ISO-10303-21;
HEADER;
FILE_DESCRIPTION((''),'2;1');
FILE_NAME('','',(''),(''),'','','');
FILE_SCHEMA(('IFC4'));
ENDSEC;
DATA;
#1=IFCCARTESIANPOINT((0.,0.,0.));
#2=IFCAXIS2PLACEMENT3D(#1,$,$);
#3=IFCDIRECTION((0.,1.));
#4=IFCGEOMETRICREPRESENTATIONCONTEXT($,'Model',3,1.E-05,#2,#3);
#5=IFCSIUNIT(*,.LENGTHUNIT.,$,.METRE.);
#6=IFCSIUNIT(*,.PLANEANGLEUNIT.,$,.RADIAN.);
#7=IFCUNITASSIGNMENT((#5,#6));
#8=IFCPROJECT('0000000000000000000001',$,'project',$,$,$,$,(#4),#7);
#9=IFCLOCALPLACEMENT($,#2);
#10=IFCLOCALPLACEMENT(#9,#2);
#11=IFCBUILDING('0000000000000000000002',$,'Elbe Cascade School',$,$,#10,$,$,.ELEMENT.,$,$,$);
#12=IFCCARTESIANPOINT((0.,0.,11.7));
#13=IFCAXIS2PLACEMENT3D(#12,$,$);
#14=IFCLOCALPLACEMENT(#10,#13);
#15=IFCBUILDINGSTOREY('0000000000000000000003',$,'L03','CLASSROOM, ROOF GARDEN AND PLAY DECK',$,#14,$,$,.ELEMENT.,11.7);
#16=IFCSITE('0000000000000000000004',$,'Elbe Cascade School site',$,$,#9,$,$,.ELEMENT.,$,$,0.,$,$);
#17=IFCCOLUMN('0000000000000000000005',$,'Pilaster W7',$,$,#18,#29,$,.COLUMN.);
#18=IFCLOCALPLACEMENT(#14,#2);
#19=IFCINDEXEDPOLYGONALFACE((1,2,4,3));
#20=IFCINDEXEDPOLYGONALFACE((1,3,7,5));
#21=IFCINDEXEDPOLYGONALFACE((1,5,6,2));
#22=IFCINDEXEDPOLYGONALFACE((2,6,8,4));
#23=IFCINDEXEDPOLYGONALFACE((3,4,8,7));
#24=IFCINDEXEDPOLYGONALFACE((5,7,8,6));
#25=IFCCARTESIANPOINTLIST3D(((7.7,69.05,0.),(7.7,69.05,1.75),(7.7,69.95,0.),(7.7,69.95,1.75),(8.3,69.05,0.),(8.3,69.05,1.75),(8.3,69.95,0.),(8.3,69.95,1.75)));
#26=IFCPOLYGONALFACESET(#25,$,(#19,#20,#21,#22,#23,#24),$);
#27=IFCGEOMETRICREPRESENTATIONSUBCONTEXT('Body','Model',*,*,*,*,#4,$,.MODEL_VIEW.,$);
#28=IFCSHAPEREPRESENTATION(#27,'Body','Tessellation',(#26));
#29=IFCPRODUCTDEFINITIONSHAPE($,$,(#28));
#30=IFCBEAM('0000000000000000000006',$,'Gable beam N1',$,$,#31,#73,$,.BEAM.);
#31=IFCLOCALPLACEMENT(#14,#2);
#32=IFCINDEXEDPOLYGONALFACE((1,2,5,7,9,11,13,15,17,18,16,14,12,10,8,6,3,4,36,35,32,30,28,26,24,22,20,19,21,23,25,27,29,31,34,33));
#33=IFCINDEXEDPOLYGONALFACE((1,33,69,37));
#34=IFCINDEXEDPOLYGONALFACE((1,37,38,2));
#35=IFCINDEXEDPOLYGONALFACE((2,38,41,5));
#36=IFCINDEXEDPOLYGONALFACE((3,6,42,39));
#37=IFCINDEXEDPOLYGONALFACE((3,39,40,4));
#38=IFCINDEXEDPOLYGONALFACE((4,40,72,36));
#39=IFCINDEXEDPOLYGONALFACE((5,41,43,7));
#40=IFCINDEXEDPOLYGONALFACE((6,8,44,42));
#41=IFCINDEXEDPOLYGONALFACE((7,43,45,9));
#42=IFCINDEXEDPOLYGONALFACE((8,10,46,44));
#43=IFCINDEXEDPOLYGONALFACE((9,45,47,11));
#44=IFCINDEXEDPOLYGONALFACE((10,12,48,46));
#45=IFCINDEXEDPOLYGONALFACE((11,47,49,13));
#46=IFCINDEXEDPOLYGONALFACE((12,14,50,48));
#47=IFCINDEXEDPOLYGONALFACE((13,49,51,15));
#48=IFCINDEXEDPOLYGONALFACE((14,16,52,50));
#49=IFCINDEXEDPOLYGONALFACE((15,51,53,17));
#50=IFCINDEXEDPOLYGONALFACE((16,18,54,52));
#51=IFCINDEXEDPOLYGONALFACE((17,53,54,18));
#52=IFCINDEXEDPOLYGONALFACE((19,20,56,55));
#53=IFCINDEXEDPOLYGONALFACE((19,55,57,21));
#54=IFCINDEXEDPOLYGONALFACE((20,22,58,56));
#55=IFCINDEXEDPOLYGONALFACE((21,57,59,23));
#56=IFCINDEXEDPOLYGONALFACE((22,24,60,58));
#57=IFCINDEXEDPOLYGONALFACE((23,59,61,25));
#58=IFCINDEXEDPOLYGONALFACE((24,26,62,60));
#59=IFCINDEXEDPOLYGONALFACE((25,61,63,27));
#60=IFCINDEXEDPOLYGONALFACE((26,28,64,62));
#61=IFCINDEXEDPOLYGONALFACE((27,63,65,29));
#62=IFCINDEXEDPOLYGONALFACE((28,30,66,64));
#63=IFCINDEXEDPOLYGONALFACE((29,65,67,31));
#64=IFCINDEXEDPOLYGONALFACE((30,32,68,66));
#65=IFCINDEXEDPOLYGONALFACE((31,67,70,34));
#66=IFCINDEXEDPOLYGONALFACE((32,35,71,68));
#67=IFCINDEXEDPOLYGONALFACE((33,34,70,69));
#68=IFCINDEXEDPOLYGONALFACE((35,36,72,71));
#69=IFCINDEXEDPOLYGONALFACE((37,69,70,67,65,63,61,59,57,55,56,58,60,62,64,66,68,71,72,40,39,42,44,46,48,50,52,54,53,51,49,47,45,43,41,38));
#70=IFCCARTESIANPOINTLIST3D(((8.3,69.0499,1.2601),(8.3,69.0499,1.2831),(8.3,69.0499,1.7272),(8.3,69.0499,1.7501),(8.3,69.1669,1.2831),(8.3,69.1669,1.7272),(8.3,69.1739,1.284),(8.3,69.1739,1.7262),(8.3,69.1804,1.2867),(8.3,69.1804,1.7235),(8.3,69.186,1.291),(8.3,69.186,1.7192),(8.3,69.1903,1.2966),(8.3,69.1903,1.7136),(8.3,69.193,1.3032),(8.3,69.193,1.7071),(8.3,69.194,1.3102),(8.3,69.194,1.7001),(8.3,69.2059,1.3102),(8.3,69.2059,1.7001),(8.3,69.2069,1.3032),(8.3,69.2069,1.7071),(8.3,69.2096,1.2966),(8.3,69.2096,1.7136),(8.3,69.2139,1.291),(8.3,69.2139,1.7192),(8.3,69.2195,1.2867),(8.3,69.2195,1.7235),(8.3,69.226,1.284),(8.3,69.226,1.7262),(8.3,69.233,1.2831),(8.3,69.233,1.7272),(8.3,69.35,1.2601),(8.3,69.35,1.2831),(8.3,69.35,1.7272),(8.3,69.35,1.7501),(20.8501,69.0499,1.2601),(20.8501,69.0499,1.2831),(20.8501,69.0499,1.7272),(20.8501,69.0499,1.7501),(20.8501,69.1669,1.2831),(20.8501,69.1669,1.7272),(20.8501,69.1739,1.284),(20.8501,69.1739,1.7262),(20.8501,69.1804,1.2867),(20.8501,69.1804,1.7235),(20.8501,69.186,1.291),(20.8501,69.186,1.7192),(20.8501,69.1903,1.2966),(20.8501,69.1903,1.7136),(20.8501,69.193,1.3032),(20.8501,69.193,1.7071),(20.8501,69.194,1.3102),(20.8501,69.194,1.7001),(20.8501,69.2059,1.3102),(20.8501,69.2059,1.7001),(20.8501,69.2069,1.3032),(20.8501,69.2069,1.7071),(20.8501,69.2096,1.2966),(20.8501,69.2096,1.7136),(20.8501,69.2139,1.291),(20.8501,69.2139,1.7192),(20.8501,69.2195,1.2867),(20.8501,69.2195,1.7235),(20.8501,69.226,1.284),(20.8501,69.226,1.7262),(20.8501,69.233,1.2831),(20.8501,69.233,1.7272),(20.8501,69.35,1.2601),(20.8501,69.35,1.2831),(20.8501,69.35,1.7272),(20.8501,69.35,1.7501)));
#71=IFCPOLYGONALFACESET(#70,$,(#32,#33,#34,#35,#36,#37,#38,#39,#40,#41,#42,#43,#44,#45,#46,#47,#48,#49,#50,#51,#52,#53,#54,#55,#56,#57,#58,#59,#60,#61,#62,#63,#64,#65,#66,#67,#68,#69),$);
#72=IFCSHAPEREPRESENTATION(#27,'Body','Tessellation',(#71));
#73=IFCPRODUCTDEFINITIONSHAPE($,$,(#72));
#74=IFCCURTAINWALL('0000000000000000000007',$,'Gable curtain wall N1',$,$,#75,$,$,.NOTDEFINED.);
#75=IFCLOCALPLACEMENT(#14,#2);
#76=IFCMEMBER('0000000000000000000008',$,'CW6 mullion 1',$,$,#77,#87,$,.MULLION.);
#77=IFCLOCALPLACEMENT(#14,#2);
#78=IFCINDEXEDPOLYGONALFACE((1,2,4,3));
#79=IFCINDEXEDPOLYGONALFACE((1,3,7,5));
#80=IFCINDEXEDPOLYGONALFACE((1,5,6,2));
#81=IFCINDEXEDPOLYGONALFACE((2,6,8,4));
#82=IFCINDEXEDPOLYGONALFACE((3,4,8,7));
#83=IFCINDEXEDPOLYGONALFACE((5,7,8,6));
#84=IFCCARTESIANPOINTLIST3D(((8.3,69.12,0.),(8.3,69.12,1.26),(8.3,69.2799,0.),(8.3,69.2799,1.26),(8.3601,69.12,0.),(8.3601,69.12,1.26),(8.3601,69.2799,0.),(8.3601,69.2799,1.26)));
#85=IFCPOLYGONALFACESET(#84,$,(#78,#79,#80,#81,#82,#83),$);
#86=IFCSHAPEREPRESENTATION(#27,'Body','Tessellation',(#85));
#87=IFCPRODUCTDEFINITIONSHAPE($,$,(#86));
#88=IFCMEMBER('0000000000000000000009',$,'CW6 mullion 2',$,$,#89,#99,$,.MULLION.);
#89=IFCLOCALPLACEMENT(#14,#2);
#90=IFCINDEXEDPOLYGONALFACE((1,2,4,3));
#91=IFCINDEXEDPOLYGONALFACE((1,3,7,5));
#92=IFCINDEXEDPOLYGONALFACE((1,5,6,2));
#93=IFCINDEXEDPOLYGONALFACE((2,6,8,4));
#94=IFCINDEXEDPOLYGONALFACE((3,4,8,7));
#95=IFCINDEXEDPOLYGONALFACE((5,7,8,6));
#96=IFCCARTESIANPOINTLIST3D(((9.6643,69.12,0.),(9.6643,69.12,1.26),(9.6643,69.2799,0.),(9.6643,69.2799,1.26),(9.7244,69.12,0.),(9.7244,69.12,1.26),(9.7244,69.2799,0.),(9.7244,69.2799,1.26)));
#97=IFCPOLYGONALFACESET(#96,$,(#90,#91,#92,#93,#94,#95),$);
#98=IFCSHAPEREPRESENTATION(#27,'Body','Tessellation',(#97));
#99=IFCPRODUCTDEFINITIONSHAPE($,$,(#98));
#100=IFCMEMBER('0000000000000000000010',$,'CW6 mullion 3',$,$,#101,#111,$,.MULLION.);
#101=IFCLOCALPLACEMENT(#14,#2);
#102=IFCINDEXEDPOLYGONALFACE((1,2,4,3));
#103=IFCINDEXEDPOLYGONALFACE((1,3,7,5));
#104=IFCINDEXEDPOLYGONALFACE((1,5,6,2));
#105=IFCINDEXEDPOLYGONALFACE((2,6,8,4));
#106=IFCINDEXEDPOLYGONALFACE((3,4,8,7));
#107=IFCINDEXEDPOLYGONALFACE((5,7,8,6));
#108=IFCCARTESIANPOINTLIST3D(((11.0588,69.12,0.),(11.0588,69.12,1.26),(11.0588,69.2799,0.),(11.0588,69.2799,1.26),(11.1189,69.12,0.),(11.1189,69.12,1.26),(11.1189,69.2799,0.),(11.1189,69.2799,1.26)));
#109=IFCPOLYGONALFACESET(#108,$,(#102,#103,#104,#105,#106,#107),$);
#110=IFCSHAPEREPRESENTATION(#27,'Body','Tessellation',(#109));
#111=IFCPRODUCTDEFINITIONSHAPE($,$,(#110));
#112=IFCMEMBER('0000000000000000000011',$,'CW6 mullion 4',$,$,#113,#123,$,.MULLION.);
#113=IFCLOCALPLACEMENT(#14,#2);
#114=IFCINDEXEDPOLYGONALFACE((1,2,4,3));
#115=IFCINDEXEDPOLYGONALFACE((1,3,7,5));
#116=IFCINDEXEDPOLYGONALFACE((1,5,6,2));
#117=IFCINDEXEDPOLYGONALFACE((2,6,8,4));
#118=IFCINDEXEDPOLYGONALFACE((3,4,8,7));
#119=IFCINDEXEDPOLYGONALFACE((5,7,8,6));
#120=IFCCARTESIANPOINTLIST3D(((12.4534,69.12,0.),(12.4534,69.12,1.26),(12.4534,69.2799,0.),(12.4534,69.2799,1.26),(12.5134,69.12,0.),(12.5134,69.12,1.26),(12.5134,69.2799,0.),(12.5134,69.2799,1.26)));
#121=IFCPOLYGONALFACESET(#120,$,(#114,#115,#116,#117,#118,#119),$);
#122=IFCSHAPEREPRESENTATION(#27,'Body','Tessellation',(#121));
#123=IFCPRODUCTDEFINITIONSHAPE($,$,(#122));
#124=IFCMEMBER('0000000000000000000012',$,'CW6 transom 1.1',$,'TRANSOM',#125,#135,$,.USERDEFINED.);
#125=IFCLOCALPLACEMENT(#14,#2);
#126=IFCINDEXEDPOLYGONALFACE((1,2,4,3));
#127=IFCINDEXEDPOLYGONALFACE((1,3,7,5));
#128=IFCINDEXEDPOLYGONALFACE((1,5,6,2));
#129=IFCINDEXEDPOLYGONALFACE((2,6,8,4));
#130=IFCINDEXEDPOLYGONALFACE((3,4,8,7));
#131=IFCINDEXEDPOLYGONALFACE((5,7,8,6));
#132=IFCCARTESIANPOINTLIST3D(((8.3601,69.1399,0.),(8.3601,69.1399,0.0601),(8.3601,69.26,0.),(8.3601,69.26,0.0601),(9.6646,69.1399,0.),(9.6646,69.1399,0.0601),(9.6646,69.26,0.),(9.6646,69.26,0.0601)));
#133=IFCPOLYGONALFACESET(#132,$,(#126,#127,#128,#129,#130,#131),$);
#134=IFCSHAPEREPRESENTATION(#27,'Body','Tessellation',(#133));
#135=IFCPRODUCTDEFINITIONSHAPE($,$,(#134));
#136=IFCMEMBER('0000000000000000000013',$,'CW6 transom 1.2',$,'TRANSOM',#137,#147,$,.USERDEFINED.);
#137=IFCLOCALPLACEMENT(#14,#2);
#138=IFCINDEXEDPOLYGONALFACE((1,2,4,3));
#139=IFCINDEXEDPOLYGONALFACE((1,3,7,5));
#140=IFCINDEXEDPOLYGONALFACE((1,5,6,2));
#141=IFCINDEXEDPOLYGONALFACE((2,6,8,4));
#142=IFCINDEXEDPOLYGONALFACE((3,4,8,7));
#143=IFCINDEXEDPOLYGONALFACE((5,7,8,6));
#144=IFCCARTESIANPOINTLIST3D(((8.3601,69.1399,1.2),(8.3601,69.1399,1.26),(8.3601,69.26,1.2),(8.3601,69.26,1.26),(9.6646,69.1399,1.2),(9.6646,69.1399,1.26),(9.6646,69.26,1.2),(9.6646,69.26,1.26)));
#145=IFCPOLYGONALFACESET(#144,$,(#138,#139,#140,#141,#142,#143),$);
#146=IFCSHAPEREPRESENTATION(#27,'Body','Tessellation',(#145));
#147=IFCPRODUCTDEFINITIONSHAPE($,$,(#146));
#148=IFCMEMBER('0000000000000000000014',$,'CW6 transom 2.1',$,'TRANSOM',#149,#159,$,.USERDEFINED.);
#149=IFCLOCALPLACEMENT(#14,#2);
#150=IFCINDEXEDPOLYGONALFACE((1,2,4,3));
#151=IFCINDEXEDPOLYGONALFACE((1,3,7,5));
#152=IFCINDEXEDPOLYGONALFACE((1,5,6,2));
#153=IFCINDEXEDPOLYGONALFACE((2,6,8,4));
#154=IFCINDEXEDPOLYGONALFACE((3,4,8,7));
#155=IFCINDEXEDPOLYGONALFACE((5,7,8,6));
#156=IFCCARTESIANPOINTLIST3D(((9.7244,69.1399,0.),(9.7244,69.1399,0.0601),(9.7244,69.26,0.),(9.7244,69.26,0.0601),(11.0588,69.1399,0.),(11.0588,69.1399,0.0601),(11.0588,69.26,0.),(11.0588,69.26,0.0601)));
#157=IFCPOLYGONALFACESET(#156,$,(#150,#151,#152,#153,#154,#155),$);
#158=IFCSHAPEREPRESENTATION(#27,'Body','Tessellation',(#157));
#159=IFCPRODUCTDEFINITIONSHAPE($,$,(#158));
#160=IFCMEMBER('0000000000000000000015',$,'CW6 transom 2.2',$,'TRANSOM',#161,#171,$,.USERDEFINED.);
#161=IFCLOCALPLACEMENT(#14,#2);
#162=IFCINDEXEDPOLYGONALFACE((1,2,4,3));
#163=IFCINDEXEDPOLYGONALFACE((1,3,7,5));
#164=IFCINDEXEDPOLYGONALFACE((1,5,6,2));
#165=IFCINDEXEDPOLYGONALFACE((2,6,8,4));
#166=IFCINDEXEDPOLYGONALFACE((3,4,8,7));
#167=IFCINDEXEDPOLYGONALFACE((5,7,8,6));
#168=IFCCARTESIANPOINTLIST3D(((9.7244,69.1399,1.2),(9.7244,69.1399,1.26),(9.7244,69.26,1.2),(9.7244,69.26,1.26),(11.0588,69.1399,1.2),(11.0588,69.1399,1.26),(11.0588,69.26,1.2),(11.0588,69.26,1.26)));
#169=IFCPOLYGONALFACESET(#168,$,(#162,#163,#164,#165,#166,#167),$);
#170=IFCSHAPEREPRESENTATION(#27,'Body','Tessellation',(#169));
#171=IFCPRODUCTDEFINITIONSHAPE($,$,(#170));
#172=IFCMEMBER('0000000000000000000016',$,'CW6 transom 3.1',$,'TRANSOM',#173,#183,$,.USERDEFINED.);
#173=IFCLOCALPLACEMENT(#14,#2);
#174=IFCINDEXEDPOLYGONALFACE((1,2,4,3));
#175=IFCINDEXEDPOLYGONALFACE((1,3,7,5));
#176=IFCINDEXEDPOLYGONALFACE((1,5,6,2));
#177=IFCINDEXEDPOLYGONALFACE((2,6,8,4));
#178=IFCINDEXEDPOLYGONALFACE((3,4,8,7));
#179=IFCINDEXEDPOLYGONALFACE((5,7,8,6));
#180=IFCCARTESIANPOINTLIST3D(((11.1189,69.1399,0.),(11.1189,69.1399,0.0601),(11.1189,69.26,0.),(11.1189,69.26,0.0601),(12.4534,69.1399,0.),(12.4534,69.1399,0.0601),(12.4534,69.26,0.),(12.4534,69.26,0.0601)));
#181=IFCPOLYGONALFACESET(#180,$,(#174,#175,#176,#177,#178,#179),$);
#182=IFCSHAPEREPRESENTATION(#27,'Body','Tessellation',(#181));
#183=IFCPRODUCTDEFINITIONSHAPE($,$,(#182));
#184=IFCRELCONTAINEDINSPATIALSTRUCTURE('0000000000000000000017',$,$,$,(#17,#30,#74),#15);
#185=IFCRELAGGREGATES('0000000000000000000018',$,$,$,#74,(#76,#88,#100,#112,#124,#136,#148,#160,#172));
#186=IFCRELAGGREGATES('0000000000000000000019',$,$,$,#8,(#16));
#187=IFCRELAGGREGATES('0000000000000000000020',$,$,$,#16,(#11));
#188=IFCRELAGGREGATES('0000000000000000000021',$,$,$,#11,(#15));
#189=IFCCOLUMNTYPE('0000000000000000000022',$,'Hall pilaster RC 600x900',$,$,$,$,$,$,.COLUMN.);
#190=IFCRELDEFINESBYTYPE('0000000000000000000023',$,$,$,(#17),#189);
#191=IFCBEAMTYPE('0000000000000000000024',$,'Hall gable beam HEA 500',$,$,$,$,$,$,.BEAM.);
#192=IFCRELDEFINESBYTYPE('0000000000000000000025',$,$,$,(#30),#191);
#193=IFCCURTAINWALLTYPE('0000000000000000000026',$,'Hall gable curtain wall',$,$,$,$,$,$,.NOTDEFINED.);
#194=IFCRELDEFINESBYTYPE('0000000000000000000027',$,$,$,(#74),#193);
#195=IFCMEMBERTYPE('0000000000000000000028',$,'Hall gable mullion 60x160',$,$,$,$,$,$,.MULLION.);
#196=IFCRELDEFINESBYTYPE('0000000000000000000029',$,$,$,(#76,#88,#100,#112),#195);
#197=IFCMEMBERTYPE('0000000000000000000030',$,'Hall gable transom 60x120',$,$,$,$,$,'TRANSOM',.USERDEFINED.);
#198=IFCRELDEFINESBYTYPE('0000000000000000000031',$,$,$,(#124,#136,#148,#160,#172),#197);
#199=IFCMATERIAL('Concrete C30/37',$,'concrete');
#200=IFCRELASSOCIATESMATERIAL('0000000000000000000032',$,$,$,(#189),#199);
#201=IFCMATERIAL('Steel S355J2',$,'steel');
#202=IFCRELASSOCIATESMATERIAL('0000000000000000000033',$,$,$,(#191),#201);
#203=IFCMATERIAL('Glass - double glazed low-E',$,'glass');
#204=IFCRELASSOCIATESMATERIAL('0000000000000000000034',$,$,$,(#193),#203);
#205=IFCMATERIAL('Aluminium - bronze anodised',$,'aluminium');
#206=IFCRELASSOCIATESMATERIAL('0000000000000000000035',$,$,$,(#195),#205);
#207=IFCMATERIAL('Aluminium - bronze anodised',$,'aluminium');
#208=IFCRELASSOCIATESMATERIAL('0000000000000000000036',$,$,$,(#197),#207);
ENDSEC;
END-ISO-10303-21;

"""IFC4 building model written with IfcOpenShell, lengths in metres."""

from ifc_helpers import new_model, si_unit, direction, frame, origin, origin_2d, place, context, subcontext, project, spatial, rectangle, i_section, extrude, material, material_profile, profile_set, type_object, element, aggregate, save


model = new_model("IFC4")

# Units and contexts
model_context = context("Model", 3, precision=1e-05, world=origin(), true_north=direction((0.0, 1.0)))
body_context = subcontext(model_context, "Body", "Model", "MODEL_VIEW")
ifc_project = project(units=[si_unit("LENGTHUNIT", "METRE"), si_unit("PLANEANGLEUNIT", "RADIAN")], contexts=[model_context])

# Site, building, storey
site_placement = place(None, origin())
site = spatial("IfcSite", under=ifc_project, at=site_placement, Name="Elbe Cascade School site", CompositionType="ELEMENT", RefElevation=0.0)
building_placement = place(site_placement, origin())
building = spatial("IfcBuilding", under=site, at=building_placement, Name="Elbe Cascade School", CompositionType="ELEMENT")
storey_placement = place(building_placement, frame((0.0, 0.0, 11.7)))
storey = spatial("IfcBuildingStorey", under=building, at=storey_placement, Name="L03", Description="CLASSROOM, ROOF GARDEN AND PLAY DECK", CompositionType="ELEMENT", Elevation=11.7)

# Column
ifc_material_1 = material(Name="Concrete C30/37", Category="concrete")
ifc_material_profile_1 = material_profile(ifc_material_1, rectangle(XDim=0.6001, YDim=0.8999, at=origin_2d()), Name="RC 600x900")
ifc_profile_set_1 = profile_set([ifc_material_profile_1], Name="Concrete C30/37")
column_type = type_object("IfcColumnType", Name="Hall pilaster RC 600x900", PredefinedType="COLUMN", material=ifc_profile_set_1)
column_placement = place(storey_placement, frame((8.0, 69.5, 0.0), z_axis=(0.0, 0.0, 1.0), x_axis=(1.0, 0.0, 0.0)))
element("IfcColumn", 1, at=column_placement, inside=storey, type_object=column_type, Name="Pilaster W7", PredefinedType="COLUMN", context=body_context, shape_type="SweptSolid", body=[
    extrude(rectangle(XDim=0.6001, YDim=0.8999, at=origin_2d()), origin(), (0.0, 0.0, 1.0), 1.75),
])

# Beam
ifc_material_2 = material(Name="Steel S355J2", Category="steel")
ifc_material_profile_2 = material_profile(ifc_material_2, i_section(OverallWidth=0.3, OverallDepth=0.49, WebThickness=0.012, FlangeThickness=0.0229, FilletRadius=0.0271, at=origin_2d()), Name="HEA 500")
ifc_profile_set_2 = profile_set([ifc_material_profile_2], Name="Steel S355J2")
beam_type = type_object("IfcBeamType", Name="Hall gable beam HEA 500", PredefinedType="BEAM", material=ifc_profile_set_2)
beam_placement = place(storey_placement, frame((8.3, 69.2, 1.5051), z_axis=(1.0, 0.0, 0.0), x_axis=(0.0, 1.0, 0.0)))
element("IfcBeam", 2, at=beam_placement, inside=storey, type_object=beam_type, Name="Gable beam N1", PredefinedType="BEAM", context=body_context, shape_type="SweptSolid", body=[
    extrude(i_section(OverallWidth=0.3, OverallDepth=0.49, WebThickness=0.012, FlangeThickness=0.0229, FilletRadius=0.0271, at=origin_2d()), origin(), (0.0, 0.0, 1.0), 12.55),
])

# Curtain wall, members
ifc_material_3 = material(Name="Glass - double glazed low-E", Category="glass")
curtain_wall_type = type_object("IfcCurtainWallType", Name="Hall gable curtain wall", PredefinedType="NOTDEFINED", material=ifc_material_3)
curtain_wall_placement = place(storey_placement, origin())
curtain_wall = element("IfcCurtainWall", 3, at=curtain_wall_placement, inside=storey, type_object=curtain_wall_type, Name="Gable curtain wall N1", PredefinedType="NOTDEFINED")
ifc_material_4 = material(Name="Aluminium - bronze anodised", Category="aluminium")
ifc_material_profile_3 = material_profile(ifc_material_4, rectangle(XDim=0.1599, YDim=0.0601, at=origin_2d()), Name="Alu 60x160")
ifc_profile_set_3 = profile_set([ifc_material_profile_3], Name="Aluminium - bronze anodised")
member_type_1 = type_object("IfcMemberType", Name="Hall gable mullion 60x160", PredefinedType="MULLION", material=ifc_profile_set_3)
member_1_placement = place(storey_placement, frame((8.3301, 69.2, 0.0), z_axis=(0.0, 0.0, 1.0), x_axis=(0.0, 1.0, 0.0)))
member_1 = element("IfcMember", 4, at=member_1_placement, type_object=member_type_1, Name="CW6 mullion 1", PredefinedType="MULLION", context=body_context, shape_type="SweptSolid", body=[
    extrude(rectangle(XDim=0.1599, YDim=0.0601, at=origin_2d()), origin(), (0.0, 0.0, 1.0), 1.26),
])
member_2_placement = place(storey_placement, frame((9.6943, 69.2, 0.0), z_axis=(0.0, 0.0, 1.0), x_axis=(0.0, 1.0, 0.0)))
member_2 = element("IfcMember", 5, at=member_2_placement, type_object=member_type_1, Name="CW6 mullion 2", PredefinedType="MULLION", context=body_context, shape_type="SweptSolid", body=[
    extrude(rectangle(XDim=0.1599, YDim=0.0601, at=origin_2d()), origin(), (0.0, 0.0, 1.0), 1.26),
])
member_3_placement = place(storey_placement, frame((11.0889, 69.2, 0.0), z_axis=(0.0, 0.0, 1.0), x_axis=(0.0, 1.0, 0.0)))
member_3 = element("IfcMember", 6, at=member_3_placement, type_object=member_type_1, Name="CW6 mullion 3", PredefinedType="MULLION", context=body_context, shape_type="SweptSolid", body=[
    extrude(rectangle(XDim=0.1599, YDim=0.0601, at=origin_2d()), origin(), (0.0, 0.0, 1.0), 1.26),
])
member_4_placement = place(storey_placement, frame((12.4834, 69.2, 0.0), z_axis=(0.0, 0.0, 1.0), x_axis=(0.0, 1.0, 0.0)))
member_4 = element("IfcMember", 7, at=member_4_placement, type_object=member_type_1, Name="CW6 mullion 4", PredefinedType="MULLION", context=body_context, shape_type="SweptSolid", body=[
    extrude(rectangle(XDim=0.1599, YDim=0.0601, at=origin_2d()), origin(), (0.0, 0.0, 1.0), 1.26),
])
ifc_material_5 = material(Name="Aluminium - bronze anodised", Category="aluminium")
ifc_material_profile_4 = material_profile(ifc_material_5, rectangle(XDim=0.1201, YDim=0.0601, at=origin_2d()), Name="Alu 60x120")
ifc_profile_set_4 = profile_set([ifc_material_profile_4], Name="Aluminium - bronze anodised")
member_type_2 = type_object("IfcMemberType", Name="Hall gable transom 60x120", ElementType="TRANSOM", PredefinedType="USERDEFINED", material=ifc_profile_set_4)
member_5_placement = place(storey_placement, frame((8.3601, 69.2, 0.03), z_axis=(1.0, 0.0, 0.0), x_axis=(0.0, 1.0, 0.0)))
member_5 = element("IfcMember", 8, at=member_5_placement, type_object=member_type_2, Name="CW6 transom 1.1", ObjectType="TRANSOM", PredefinedType="USERDEFINED", context=body_context, shape_type="SweptSolid", body=[
    extrude(rectangle(XDim=0.1201, YDim=0.0601, at=origin_2d()), origin(), (0.0, 0.0, 1.0), 1.3044),
])
member_6_placement = place(storey_placement, frame((8.3601, 69.2, 1.23), z_axis=(1.0, 0.0, 0.0), x_axis=(0.0, 1.0, 0.0)))
member_6 = element("IfcMember", 9, at=member_6_placement, type_object=member_type_2, Name="CW6 transom 1.2", ObjectType="TRANSOM", PredefinedType="USERDEFINED", context=body_context, shape_type="SweptSolid", body=[
    extrude(rectangle(XDim=0.1201, YDim=0.0601, at=origin_2d()), origin(), (0.0, 0.0, 1.0), 1.3044),
])
member_7_placement = place(storey_placement, frame((9.7244, 69.2, 0.03), z_axis=(1.0, 0.0, 0.0), x_axis=(0.0, 1.0, 0.0)))
member_7 = element("IfcMember", 10, at=member_7_placement, type_object=member_type_2, Name="CW6 transom 2.1", ObjectType="TRANSOM", PredefinedType="USERDEFINED", context=body_context, shape_type="SweptSolid", body=[
    extrude(rectangle(XDim=0.1201, YDim=0.0601, at=origin_2d()), origin(), (0.0, 0.0, 1.0), 1.3345),
])
member_8_placement = place(storey_placement, frame((9.7244, 69.2, 1.23), z_axis=(1.0, 0.0, 0.0), x_axis=(0.0, 1.0, 0.0)))
member_8 = element("IfcMember", 11, at=member_8_placement, type_object=member_type_2, Name="CW6 transom 2.2", ObjectType="TRANSOM", PredefinedType="USERDEFINED", context=body_context, shape_type="SweptSolid", body=[
    extrude(rectangle(XDim=0.1201, YDim=0.0601, at=origin_2d()), origin(), (0.0, 0.0, 1.0), 1.3345),
])
member_9_placement = place(storey_placement, frame((11.1189, 69.2, 0.03), z_axis=(1.0, 0.0, 0.0), x_axis=(0.0, 1.0, 0.0)))
member_9 = element("IfcMember", 12, at=member_9_placement, type_object=member_type_2, Name="CW6 transom 3.1", ObjectType="TRANSOM", PredefinedType="USERDEFINED", context=body_context, shape_type="SweptSolid", body=[
    extrude(rectangle(XDim=0.1201, YDim=0.0601, at=origin_2d()), origin(), (0.0, 0.0, 1.0), 1.3345),
])

aggregate(curtain_wall, [member_1, member_2, member_3, member_4, member_5, member_6, member_7, member_8, member_9])

save(model, "model.ifc")
